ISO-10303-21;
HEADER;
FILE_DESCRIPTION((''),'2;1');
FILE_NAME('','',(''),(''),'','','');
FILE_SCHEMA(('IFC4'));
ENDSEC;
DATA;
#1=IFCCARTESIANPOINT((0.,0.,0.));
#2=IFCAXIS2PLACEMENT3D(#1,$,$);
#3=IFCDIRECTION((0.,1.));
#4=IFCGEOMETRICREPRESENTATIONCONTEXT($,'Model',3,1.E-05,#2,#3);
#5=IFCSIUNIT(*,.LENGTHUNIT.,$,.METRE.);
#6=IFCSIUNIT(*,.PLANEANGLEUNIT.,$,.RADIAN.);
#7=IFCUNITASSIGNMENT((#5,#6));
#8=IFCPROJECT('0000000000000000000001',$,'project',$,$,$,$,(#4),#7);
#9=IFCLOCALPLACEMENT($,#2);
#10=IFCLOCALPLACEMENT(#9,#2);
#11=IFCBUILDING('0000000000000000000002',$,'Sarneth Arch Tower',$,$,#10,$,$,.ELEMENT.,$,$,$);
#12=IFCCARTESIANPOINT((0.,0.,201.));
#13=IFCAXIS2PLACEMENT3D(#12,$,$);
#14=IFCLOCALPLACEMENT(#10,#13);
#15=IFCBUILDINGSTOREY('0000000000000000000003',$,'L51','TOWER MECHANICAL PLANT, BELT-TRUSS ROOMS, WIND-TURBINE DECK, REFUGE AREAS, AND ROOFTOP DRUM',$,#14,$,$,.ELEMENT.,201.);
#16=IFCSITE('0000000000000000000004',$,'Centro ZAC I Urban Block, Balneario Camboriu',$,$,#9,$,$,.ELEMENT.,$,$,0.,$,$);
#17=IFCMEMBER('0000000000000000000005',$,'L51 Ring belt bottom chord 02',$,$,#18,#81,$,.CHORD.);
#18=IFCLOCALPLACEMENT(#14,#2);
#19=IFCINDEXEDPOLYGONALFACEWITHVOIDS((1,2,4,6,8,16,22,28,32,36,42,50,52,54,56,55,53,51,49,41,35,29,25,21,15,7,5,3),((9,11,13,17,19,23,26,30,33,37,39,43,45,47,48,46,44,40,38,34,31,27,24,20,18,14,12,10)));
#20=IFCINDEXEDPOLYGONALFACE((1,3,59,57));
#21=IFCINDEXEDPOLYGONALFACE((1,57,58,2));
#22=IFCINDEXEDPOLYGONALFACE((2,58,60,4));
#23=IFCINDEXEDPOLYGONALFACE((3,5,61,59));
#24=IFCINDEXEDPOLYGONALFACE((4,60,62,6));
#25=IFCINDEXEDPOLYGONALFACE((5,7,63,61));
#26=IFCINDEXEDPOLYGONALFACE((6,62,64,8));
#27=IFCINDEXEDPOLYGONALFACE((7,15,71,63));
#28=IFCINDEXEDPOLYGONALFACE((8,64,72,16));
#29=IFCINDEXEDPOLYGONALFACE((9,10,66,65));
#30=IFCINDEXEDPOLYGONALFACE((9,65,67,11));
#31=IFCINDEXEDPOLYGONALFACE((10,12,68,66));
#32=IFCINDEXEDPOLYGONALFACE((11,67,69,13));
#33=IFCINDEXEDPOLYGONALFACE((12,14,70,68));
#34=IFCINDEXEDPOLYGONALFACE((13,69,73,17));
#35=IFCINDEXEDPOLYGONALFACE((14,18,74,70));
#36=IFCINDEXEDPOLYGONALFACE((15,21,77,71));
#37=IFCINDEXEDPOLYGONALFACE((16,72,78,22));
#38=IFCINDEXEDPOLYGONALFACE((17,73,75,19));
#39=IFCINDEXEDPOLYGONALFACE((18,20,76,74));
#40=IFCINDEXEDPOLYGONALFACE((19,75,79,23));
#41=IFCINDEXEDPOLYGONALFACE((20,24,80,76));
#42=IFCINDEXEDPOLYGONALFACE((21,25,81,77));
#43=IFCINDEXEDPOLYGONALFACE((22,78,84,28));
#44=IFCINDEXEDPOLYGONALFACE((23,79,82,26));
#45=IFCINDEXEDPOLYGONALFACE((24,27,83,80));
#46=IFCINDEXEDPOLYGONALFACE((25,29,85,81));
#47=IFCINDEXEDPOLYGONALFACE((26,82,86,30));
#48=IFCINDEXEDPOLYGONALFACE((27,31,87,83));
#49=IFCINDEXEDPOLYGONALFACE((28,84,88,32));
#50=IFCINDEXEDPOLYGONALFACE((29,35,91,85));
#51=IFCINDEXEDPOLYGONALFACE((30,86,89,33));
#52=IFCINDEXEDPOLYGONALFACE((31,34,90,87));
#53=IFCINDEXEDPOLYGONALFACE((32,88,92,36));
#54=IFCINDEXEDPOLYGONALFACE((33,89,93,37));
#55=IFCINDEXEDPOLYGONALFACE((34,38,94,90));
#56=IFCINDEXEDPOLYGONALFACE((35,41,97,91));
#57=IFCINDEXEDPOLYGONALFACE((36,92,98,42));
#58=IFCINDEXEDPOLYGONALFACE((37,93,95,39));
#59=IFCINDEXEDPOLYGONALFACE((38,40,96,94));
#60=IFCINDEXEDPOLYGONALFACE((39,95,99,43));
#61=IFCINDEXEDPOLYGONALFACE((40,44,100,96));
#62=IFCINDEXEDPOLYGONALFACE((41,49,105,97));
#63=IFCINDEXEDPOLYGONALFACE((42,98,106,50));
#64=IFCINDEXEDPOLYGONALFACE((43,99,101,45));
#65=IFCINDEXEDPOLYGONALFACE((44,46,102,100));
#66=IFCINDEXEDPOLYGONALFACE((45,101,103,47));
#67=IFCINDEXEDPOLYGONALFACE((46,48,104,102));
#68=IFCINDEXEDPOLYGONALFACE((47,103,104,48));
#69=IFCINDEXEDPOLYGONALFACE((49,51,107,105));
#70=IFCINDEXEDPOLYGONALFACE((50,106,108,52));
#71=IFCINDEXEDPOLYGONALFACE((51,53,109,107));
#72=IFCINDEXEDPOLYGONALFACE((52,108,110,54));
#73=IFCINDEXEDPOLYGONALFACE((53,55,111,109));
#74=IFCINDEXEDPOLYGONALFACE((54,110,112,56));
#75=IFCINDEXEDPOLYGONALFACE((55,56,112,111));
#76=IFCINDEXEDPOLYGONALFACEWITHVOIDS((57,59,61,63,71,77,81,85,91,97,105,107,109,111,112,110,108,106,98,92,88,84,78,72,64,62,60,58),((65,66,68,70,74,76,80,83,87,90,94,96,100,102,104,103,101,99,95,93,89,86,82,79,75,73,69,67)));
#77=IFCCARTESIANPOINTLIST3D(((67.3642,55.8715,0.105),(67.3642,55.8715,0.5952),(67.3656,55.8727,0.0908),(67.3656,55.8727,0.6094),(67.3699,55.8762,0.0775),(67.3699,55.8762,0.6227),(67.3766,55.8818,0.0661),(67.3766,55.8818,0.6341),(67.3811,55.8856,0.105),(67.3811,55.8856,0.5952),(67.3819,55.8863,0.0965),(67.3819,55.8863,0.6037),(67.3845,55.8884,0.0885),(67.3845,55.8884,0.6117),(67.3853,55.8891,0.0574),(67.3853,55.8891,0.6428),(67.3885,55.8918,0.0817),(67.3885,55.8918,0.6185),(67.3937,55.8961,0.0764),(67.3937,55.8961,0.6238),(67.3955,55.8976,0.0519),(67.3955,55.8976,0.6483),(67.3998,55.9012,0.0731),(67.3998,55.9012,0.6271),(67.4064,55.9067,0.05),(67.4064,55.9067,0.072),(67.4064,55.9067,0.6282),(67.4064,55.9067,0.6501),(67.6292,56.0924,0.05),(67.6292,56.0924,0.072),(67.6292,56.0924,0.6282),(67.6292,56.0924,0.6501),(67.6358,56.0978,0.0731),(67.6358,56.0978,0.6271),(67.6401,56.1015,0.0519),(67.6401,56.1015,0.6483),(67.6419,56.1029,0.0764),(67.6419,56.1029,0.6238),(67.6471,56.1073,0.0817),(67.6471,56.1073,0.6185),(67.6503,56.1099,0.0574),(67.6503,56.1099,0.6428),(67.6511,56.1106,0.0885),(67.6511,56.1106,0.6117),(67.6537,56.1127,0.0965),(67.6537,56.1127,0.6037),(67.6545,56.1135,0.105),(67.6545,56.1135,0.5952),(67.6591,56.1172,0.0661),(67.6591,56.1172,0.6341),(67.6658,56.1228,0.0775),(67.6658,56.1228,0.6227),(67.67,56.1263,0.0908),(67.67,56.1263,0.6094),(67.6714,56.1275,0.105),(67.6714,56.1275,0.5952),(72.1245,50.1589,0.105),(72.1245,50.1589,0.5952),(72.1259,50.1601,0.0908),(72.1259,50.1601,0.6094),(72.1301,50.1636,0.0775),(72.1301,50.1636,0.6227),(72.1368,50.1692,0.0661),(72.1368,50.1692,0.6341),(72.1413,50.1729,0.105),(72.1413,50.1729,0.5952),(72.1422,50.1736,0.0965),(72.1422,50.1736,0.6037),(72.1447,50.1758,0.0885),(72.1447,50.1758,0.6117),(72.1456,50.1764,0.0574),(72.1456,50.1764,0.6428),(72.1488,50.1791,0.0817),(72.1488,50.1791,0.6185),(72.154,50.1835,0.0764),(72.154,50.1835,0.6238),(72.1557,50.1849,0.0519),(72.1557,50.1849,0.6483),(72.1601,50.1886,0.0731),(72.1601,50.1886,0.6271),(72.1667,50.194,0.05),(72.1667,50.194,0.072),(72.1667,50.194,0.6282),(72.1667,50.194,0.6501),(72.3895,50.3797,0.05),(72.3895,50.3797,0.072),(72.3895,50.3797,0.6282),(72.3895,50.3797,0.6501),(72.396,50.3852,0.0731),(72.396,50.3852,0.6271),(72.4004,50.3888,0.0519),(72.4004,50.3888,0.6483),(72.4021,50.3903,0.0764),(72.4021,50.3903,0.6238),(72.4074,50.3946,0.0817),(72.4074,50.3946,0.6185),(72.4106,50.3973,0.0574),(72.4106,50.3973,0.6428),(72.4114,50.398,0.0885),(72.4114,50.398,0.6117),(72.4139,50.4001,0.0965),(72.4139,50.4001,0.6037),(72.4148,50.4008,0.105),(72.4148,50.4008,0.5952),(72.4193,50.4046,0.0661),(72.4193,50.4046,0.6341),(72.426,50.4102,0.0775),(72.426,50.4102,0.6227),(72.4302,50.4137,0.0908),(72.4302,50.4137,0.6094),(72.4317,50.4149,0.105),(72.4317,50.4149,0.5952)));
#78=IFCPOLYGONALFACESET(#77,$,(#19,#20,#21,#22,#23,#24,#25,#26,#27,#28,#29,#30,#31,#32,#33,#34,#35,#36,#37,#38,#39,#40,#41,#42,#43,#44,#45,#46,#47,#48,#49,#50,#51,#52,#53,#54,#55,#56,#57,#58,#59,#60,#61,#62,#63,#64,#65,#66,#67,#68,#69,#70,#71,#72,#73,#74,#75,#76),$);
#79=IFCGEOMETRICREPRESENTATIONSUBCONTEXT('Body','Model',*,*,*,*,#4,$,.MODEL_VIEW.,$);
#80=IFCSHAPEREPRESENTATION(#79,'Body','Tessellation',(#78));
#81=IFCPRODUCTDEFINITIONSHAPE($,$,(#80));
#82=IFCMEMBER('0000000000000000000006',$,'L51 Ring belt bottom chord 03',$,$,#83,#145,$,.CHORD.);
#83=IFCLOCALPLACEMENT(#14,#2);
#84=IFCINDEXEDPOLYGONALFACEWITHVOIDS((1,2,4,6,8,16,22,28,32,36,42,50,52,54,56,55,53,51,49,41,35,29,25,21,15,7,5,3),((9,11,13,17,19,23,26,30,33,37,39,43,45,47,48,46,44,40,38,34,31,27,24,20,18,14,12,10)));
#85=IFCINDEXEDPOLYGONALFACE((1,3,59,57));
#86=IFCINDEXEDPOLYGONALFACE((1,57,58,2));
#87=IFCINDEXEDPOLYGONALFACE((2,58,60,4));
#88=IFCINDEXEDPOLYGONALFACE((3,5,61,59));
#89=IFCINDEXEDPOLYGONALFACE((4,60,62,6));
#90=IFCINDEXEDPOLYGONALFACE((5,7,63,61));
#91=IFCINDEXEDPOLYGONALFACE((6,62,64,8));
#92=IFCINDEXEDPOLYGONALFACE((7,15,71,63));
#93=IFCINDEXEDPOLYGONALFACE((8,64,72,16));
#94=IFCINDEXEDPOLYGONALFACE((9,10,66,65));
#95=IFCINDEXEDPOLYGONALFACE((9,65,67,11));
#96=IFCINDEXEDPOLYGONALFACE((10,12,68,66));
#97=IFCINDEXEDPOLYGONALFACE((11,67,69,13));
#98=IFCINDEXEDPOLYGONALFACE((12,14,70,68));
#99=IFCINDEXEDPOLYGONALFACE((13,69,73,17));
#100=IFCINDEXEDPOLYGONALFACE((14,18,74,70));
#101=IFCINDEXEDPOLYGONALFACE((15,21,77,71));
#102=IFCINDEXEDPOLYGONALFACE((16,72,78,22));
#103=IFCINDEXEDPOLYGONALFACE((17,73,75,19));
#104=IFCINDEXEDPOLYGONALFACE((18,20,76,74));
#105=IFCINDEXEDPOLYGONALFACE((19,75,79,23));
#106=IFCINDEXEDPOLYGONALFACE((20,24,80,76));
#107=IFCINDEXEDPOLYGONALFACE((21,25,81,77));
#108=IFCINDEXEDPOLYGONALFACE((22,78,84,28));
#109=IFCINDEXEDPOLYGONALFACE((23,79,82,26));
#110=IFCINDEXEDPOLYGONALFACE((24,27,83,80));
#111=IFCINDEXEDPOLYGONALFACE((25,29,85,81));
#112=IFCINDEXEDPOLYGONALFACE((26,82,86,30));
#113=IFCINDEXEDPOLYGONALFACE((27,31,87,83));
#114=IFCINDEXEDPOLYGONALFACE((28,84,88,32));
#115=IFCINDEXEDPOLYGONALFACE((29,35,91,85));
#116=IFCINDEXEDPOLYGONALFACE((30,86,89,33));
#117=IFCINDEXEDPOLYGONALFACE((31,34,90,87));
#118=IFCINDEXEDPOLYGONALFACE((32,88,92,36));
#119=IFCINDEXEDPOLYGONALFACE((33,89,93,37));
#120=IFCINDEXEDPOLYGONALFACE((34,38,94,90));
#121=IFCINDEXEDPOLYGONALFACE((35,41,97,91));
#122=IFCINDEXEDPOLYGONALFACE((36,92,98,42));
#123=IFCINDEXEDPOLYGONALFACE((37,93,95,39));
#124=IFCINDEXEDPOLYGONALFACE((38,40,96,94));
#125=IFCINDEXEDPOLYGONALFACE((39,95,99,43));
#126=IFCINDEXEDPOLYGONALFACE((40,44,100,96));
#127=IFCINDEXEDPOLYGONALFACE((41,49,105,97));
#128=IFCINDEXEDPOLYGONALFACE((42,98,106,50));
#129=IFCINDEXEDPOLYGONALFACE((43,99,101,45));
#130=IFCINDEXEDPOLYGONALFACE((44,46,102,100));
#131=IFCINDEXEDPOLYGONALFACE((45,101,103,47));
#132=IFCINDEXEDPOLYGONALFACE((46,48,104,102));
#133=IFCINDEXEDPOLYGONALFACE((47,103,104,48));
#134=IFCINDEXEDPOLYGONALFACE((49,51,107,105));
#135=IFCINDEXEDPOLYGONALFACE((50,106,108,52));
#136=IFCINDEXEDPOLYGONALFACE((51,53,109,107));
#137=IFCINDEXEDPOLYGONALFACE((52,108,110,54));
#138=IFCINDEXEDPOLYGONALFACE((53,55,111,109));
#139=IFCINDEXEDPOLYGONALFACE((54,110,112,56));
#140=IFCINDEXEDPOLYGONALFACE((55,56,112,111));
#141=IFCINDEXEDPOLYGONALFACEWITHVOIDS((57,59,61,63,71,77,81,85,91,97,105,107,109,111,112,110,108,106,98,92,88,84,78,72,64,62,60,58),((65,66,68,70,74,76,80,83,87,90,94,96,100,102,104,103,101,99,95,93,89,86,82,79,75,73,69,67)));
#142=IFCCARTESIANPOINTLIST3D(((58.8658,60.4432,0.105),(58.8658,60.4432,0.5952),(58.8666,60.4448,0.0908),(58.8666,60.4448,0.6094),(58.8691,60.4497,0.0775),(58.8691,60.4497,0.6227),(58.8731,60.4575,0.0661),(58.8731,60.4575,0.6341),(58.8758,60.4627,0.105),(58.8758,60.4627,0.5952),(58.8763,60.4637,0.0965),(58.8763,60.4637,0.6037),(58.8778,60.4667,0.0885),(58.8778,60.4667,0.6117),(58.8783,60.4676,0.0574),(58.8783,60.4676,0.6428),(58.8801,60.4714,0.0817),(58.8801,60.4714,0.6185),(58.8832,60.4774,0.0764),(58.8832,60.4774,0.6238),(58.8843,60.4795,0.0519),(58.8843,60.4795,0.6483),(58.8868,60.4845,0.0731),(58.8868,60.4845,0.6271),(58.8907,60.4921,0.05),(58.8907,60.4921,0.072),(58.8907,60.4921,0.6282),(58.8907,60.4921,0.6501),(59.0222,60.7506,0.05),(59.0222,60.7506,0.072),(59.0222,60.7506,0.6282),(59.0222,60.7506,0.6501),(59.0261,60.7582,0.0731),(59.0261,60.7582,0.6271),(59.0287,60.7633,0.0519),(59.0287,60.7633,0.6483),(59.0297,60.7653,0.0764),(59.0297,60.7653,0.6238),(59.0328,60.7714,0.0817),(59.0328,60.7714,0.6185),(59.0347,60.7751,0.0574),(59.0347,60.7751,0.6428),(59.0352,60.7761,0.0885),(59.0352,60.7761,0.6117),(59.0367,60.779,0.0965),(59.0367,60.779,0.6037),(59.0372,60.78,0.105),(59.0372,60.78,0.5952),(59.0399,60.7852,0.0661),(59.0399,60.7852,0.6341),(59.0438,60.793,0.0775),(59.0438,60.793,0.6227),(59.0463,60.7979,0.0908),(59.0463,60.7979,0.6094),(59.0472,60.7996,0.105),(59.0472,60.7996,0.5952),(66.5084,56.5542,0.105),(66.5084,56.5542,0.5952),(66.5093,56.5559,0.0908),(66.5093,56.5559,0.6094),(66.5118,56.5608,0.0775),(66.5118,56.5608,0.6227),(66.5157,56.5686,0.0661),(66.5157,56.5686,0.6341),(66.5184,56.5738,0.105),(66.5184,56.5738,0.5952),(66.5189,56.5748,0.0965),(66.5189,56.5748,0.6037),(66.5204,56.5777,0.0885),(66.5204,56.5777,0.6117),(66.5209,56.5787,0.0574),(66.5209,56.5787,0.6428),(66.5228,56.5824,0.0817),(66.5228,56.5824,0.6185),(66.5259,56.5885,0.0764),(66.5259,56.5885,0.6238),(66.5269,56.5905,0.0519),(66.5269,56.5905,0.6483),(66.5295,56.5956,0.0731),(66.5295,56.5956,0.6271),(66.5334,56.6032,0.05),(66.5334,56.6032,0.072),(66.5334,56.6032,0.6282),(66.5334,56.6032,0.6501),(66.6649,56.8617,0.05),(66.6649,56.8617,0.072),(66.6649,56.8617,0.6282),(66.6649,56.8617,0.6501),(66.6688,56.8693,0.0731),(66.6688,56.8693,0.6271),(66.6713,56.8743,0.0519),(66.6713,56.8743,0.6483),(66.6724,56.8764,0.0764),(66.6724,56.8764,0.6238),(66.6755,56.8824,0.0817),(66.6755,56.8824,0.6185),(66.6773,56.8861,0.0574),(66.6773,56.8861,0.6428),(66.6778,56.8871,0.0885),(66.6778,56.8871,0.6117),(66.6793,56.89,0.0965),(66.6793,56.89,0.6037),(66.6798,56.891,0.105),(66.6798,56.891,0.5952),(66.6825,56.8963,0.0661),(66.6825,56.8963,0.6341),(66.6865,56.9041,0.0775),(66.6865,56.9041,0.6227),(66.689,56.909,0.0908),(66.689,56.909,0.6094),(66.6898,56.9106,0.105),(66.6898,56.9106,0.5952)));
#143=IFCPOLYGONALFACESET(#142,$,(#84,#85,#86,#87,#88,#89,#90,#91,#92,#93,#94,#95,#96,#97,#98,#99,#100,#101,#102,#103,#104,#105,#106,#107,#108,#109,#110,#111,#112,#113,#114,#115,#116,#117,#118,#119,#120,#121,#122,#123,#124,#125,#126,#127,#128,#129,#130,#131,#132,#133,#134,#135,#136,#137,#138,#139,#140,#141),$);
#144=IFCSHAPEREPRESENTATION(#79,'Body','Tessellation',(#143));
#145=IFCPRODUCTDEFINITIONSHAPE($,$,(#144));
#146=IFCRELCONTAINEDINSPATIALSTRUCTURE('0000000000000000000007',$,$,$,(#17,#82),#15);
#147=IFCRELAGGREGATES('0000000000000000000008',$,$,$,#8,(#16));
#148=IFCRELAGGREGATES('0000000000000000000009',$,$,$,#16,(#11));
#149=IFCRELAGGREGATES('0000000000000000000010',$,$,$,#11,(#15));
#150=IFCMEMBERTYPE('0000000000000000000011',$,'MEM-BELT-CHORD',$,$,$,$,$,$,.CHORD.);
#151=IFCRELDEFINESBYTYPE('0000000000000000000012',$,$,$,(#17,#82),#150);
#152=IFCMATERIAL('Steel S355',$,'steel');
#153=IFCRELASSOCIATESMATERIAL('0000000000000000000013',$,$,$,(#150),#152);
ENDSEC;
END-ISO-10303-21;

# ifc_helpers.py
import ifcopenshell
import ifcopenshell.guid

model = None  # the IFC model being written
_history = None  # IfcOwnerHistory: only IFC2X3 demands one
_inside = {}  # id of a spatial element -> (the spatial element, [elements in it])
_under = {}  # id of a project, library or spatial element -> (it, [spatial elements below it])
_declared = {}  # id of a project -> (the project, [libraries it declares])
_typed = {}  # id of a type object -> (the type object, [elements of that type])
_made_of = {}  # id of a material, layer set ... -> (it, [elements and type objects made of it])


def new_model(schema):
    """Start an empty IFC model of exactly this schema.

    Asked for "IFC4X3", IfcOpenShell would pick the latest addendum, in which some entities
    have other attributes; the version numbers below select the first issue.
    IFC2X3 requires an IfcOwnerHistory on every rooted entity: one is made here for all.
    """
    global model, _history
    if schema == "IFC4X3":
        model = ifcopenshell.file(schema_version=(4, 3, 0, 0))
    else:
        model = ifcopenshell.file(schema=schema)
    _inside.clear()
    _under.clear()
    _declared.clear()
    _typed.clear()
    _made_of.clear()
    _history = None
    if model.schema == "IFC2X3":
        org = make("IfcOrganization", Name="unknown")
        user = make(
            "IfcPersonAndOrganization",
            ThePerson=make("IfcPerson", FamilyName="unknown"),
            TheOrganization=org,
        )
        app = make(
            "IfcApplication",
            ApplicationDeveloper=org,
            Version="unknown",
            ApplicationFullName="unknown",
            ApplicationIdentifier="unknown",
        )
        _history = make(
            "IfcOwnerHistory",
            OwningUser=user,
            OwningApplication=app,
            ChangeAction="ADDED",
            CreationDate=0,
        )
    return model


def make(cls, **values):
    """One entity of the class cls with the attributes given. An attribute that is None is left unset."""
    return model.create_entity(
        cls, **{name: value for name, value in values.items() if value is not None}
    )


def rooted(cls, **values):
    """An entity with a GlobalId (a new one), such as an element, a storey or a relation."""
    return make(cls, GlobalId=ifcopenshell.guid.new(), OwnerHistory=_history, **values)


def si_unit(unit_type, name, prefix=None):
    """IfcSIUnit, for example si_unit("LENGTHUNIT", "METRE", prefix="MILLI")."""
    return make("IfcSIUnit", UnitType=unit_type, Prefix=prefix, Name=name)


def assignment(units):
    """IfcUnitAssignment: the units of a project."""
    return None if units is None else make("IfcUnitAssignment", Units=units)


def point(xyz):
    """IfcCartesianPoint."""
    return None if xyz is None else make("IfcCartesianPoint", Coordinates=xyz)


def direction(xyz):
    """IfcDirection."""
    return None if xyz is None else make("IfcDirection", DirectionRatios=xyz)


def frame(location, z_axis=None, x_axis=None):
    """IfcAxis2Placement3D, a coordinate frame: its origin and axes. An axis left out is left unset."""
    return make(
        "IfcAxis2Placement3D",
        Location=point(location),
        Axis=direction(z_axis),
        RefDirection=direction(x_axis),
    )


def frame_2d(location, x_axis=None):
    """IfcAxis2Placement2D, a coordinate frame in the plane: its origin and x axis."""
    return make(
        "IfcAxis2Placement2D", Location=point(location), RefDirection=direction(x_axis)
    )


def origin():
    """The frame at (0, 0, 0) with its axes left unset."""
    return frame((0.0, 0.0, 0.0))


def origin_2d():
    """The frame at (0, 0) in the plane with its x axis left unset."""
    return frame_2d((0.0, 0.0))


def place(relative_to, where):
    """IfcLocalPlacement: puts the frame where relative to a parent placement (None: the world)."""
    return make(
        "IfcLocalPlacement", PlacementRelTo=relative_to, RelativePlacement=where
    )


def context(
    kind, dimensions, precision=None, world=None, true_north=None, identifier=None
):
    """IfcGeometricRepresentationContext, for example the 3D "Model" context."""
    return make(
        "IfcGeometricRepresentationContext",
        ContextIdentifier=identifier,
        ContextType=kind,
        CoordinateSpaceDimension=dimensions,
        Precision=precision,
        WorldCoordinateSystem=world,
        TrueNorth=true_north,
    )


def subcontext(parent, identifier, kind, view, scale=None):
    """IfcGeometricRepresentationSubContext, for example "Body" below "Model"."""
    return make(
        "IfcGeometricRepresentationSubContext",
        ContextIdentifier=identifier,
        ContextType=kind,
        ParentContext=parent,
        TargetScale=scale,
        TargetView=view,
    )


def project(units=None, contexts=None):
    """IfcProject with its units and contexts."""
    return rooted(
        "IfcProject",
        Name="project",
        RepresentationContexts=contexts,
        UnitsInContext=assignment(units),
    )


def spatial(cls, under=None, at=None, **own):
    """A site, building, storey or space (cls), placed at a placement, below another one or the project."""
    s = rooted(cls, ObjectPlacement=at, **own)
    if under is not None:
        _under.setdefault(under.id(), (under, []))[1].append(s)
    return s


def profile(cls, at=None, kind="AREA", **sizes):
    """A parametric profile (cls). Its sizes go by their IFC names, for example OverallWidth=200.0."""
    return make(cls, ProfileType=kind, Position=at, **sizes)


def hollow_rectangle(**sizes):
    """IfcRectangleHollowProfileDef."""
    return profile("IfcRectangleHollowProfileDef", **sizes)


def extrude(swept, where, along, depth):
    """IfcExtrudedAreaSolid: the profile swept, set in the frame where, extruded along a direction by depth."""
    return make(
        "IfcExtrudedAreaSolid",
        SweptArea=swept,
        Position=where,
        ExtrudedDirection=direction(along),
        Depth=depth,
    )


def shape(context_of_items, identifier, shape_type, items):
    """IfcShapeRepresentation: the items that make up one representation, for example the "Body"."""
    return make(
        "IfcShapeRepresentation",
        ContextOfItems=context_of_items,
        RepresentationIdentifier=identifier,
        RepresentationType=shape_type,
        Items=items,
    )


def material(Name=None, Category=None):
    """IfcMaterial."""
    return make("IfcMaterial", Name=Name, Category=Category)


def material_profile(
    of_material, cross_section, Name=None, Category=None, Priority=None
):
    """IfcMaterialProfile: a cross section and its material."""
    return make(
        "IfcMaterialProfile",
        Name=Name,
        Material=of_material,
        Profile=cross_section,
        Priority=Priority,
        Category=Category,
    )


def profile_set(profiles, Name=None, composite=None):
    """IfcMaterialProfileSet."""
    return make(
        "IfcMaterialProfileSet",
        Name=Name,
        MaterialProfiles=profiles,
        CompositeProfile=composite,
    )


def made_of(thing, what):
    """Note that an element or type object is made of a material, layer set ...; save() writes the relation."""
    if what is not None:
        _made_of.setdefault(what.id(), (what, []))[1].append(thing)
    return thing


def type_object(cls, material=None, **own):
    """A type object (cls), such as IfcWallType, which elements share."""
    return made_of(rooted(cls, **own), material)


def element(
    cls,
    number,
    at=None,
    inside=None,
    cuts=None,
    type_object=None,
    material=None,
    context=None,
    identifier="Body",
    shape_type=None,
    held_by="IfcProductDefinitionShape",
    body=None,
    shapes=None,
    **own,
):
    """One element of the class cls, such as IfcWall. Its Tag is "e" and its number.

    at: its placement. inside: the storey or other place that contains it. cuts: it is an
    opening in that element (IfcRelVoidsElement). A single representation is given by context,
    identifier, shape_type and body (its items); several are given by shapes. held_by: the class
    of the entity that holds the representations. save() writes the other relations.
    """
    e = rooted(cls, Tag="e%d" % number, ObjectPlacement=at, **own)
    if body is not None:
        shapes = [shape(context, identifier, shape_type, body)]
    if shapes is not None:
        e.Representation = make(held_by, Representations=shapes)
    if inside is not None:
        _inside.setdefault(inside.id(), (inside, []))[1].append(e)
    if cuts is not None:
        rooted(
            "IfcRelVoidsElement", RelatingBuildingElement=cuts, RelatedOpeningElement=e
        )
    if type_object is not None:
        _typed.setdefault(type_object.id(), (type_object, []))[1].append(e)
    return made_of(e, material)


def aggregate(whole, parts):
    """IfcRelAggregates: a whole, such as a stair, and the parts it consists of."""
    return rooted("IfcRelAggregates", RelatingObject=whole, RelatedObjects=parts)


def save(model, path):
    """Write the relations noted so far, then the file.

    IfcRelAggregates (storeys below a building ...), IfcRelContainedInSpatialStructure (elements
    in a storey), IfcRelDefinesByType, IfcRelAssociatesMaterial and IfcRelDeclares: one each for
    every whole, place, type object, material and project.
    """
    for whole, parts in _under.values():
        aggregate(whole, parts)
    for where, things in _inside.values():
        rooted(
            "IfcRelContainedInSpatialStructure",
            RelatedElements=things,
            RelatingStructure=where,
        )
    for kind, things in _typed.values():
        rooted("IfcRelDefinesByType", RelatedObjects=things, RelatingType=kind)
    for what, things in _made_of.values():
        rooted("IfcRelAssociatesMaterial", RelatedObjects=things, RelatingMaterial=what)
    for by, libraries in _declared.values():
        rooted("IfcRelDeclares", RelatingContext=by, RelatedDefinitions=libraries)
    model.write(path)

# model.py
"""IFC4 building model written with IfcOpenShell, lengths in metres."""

from ifc_helpers import new_model, si_unit, direction, frame, origin, origin_2d, place, context, subcontext, project, spatial, hollow_rectangle, extrude, material, material_profile, profile_set, type_object, element, save


model = new_model("IFC4")

# Units and contexts
model_context = context("Model", 3, precision=1e-05, world=origin(), true_north=direction((0.0, 1.0)))
body_context = subcontext(model_context, "Body", "Model", "MODEL_VIEW")
ifc_project = project(units=[si_unit("LENGTHUNIT", "METRE"), si_unit("PLANEANGLEUNIT", "RADIAN")], contexts=[model_context])

# Site, building, storey
site_placement = place(None, origin())
site = spatial("IfcSite", under=ifc_project, at=site_placement, Name="Centro ZAC I Urban Block, Balneario Camboriu", CompositionType="ELEMENT", RefElevation=0.0)
building_placement = place(site_placement, origin())
building = spatial("IfcBuilding", under=site, at=building_placement, Name="Sarneth Arch Tower", CompositionType="ELEMENT")
storey_placement = place(building_placement, frame((0.0, 0.0, 201.0)))
storey = spatial("IfcBuildingStorey", under=building, at=storey_placement, Name="L51", Description="TOWER MECHANICAL PLANT, BELT-TRUSS ROOMS, WIND-TURBINE DECK, REFUGE AREAS, AND ROOFTOP DRUM", CompositionType="ELEMENT", Elevation=201.0)

# Members
ifc_material_1 = material(Name="Steel S355", Category="steel")
ifc_material_profile_1 = material_profile(ifc_material_1, hollow_rectangle(XDim=0.3999, YDim=0.6001, WallThickness=0.022, InnerFilletRadius=0.033, OuterFilletRadius=0.0549, at=origin_2d()), Name="RHS600x400x22")
ifc_profile_set_1 = profile_set([ifc_material_profile_1], Name="Steel S355")
member_type_1 = type_object("IfcMemberType", Name="MEM-BELT-CHORD", PredefinedType="CHORD", material=ifc_profile_set_1)
member_1_placement = place(storey_placement, frame((72.2781, 50.2869, 0.3501), z_axis=(-0.640162, 0.76824, 0.0), x_axis=(-0.76824, -0.640162, 0.0)))
element("IfcMember", 1, at=member_1_placement, inside=storey, type_object=member_type_1, Name="L51 Ring belt bottom chord 02", PredefinedType="CHORD", context=body_context, shape_type="SweptSolid", body=[
    extrude(hollow_rectangle(XDim=0.3999, YDim=0.6001, WallThickness=0.022, InnerFilletRadius=0.033, OuterFilletRadius=0.0549, at=origin_2d()), origin(), (0.0, 0.0, 1.0), 7.436),
])
member_2_placement = place(storey_placement, frame((66.5991, 56.7324, 0.3501), z_axis=(-0.89125, 0.453512, 0.0), x_axis=(-0.453512, -0.89125, 0.0)))
element("IfcMember", 2, at=member_2_placement, inside=storey, type_object=member_type_1, Name="L51 Ring belt bottom chord 03", PredefinedType="CHORD", context=body_context, shape_type="SweptSolid", body=[
    extrude(hollow_rectangle(XDim=0.3999, YDim=0.6001, WallThickness=0.022, InnerFilletRadius=0.033, OuterFilletRadius=0.0549, at=origin_2d()), origin(), (0.0, 0.0, 1.0), 8.5752),
])

save(model, "model.ifc")
